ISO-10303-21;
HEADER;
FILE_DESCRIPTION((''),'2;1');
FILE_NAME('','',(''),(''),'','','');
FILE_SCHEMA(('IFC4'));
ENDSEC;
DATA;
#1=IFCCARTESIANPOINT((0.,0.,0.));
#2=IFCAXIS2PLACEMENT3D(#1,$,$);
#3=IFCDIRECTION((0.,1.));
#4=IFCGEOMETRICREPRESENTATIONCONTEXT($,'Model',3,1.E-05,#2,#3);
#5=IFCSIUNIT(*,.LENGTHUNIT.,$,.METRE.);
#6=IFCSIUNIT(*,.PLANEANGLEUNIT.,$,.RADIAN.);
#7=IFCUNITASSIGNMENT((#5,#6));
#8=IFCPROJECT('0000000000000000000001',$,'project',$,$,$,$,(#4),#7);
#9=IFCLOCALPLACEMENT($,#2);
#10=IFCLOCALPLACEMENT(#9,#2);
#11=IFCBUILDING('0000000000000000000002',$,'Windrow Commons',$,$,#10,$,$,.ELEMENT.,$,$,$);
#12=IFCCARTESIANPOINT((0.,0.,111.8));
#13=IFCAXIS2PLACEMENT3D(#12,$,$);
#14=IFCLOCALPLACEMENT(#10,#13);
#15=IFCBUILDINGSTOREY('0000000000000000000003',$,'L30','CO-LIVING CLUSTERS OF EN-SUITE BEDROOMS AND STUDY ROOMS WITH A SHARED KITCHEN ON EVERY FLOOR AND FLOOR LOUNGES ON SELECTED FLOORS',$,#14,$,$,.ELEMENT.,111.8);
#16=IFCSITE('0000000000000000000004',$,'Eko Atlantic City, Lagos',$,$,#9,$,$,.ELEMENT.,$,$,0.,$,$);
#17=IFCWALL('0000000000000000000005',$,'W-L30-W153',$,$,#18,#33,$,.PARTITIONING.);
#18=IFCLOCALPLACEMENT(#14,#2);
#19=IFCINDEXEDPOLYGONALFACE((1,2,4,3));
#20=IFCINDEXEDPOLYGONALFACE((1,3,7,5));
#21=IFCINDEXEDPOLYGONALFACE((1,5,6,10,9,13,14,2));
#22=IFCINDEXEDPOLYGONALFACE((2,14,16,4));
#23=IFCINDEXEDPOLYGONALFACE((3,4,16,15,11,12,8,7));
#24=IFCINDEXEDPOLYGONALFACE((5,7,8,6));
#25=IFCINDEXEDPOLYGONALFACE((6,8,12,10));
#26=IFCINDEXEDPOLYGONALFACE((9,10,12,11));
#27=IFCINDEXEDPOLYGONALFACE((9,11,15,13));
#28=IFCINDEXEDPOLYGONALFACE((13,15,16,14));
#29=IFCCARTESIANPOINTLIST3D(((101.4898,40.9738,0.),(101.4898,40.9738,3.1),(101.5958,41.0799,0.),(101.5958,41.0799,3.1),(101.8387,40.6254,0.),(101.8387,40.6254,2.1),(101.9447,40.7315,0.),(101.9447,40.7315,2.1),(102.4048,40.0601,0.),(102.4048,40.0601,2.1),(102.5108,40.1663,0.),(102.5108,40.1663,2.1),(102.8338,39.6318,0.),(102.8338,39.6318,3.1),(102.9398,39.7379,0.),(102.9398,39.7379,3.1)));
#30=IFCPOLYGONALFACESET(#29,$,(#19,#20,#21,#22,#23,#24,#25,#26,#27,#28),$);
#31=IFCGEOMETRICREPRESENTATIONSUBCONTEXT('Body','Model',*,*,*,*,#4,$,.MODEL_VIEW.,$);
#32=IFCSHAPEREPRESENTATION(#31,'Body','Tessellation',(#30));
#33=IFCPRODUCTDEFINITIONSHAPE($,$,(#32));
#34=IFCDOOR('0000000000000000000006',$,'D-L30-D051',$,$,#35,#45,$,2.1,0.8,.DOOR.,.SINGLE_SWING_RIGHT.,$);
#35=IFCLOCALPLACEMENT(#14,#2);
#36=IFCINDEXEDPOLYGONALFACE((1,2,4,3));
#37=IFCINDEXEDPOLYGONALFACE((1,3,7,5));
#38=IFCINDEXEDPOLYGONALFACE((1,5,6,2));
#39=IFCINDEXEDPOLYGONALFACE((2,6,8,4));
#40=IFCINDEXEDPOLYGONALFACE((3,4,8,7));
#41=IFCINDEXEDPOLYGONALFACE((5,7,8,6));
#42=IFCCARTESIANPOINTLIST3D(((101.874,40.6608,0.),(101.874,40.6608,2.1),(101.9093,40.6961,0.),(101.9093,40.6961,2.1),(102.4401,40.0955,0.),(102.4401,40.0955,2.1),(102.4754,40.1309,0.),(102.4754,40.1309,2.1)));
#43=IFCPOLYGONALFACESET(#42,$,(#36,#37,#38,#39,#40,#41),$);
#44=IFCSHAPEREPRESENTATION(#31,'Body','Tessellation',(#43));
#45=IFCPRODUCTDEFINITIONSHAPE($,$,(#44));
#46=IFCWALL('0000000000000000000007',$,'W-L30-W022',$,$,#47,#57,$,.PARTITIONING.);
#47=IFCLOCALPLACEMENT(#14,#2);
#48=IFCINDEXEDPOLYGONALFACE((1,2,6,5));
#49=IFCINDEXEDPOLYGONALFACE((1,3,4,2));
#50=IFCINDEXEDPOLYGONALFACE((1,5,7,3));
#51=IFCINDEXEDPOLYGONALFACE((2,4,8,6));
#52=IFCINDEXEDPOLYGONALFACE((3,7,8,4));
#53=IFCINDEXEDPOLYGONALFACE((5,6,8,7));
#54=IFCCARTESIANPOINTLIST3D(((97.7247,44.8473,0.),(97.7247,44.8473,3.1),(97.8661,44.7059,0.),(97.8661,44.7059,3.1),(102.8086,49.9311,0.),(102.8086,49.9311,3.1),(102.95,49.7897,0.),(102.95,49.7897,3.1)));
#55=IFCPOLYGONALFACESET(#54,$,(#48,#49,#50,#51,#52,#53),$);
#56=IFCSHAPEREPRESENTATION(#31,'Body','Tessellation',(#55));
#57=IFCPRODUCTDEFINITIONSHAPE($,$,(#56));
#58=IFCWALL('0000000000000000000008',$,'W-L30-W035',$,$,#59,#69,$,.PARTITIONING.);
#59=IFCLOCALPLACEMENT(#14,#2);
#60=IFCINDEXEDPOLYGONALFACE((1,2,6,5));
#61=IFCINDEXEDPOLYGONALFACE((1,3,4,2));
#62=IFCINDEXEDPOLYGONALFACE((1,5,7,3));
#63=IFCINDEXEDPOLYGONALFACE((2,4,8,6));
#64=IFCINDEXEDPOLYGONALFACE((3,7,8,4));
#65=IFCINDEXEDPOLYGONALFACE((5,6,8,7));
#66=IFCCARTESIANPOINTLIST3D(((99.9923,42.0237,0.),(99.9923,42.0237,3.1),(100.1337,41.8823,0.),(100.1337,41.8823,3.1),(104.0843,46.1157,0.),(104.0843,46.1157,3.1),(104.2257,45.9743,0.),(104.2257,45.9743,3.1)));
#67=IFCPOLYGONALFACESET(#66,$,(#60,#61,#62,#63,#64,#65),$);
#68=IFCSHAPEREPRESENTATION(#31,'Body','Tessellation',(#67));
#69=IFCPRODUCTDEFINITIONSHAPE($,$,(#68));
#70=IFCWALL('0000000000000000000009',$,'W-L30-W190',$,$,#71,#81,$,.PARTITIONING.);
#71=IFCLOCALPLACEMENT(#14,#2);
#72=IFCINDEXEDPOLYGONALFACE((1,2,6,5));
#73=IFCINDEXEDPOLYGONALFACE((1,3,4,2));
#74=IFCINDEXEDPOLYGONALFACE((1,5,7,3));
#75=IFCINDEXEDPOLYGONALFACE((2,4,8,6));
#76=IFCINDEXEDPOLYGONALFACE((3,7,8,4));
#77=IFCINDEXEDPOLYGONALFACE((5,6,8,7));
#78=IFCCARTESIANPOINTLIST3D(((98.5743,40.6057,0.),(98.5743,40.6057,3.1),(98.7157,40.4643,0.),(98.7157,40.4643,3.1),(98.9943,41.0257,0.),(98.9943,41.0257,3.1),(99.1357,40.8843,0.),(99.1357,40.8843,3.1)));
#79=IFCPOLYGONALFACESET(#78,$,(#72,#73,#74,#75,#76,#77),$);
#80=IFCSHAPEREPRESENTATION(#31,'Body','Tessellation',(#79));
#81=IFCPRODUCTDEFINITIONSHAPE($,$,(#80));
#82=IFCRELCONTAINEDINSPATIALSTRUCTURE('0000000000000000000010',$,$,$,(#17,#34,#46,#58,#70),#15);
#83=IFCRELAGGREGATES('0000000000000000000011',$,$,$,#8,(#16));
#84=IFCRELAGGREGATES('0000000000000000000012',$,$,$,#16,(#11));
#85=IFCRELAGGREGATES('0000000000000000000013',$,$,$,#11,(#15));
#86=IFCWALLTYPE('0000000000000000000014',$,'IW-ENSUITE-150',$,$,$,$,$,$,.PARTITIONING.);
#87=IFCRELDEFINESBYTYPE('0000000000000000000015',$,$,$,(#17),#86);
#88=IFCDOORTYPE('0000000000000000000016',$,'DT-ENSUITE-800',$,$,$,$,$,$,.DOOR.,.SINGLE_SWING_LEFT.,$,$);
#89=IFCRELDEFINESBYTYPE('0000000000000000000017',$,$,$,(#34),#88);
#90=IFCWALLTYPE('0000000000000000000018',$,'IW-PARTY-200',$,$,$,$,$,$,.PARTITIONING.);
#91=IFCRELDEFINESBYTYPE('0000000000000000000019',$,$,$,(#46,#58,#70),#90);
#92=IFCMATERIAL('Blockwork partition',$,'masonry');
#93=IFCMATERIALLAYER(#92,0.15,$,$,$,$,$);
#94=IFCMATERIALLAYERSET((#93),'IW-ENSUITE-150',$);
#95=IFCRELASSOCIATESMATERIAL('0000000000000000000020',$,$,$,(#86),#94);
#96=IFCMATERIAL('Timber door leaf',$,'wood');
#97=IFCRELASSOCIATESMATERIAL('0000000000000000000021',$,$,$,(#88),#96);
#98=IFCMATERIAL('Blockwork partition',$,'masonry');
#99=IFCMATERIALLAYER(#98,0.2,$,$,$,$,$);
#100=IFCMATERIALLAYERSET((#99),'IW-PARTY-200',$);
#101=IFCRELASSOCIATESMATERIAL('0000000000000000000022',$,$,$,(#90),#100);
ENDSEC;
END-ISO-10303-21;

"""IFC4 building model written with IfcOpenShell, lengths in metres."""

from ifc_helpers import new_model, si_unit, direction, frame, frame_2d, origin, place, context, subcontext, project, spatial, rectangle, extrude, material, layer, layer_set, type_object, element, fill, save


model = new_model("IFC4")

# Units and contexts
model_context = context("Model", 3, precision=1e-05, world=origin(), true_north=direction((0.0, 1.0)))
body_context = subcontext(model_context, "Body", "Model", "MODEL_VIEW")
ifc_project = project(units=[si_unit("LENGTHUNIT", "METRE"), si_unit("PLANEANGLEUNIT", "RADIAN")], contexts=[model_context])

# Site, building, storey
site_placement = place(None, origin())
site = spatial("IfcSite", under=ifc_project, at=site_placement, Name="Eko Atlantic City, Lagos", CompositionType="ELEMENT", RefElevation=0.0)
building_placement = place(site_placement, origin())
building = spatial("IfcBuilding", under=site, at=building_placement, Name="Windrow Commons", CompositionType="ELEMENT")
storey_placement = place(building_placement, frame((0.0, 0.0, 111.8)))
storey = spatial("IfcBuildingStorey", under=building, at=storey_placement, Name="L30", Description="CO-LIVING CLUSTERS OF EN-SUITE BEDROOMS AND STUDY ROOMS WITH A SHARED KITCHEN ON EVERY FLOOR AND FLOOR LOUNGES ON SELECTED FLOORS", CompositionType="ELEMENT", Elevation=111.8)

# Shared definitions
ifc_material_1 = material(Name="Blockwork partition", Category="masonry")
ifc_layer_1 = layer(ifc_material_1, 0.15)
ifc_layer_set_1 = layer_set([ifc_layer_1], Name="IW-ENSUITE-150")
wall_type_1 = type_object("IfcWallType", Name="IW-ENSUITE-150", PredefinedType="PARTITIONING", material=ifc_layer_set_1)

# Wall, opening, door
ifc_material_2 = material(Name="Timber door leaf", Category="wood")
door_type_1 = type_object("IfcDoorType", Name="DT-ENSUITE-800", OperationType="SINGLE_SWING_LEFT", PredefinedType="DOOR", material=ifc_material_2)
wall_1_placement = place(storey_placement, frame((101.5428, 41.0268, 0.0), z_axis=(0.0, 0.0, 1.0), x_axis=(0.707633, -0.70658, 0.0)))
wall_1 = element("IfcWall", 1, at=wall_1_placement, inside=storey, type_object=wall_type_1, Name="W-L30-W153", PredefinedType="PARTITIONING", context=body_context, shape_type="SweptSolid", body=[
    extrude(rectangle(XDim=1.8993, YDim=0.15, at=frame_2d((0.9496, 0.0))), origin(), (0.0, 0.0, 1.0), 3.1),
])
opening_1_placement = place(wall_1_placement, frame((0.493, 0.0, 0.0)))
opening_1 = element("IfcOpeningElement", 2, at=opening_1_placement, cuts=wall_1, PredefinedType="OPENING", context=body_context, shape_type="SweptSolid", body=[
    extrude(rectangle(XDim=0.8, YDim=2.1, at=frame_2d((0.4, 1.05))), frame((0.0, 0.085, 0.0), z_axis=(0.0, -1.0, 0.0), x_axis=(1.0, 0.0, 0.0)), (0.0, 0.0, 1.0), 0.17),
])
door_1_placement = place(opening_1_placement, origin())
door_1 = element("IfcDoor", 3, at=door_1_placement, inside=storey, type_object=door_type_1, Name="D-L30-D051", OperationType="SINGLE_SWING_RIGHT", OverallHeight=2.1, OverallWidth=0.8, PredefinedType="DOOR", context=body_context, shape_type="SweptSolid", body=[
    extrude(rectangle(XDim=0.8, YDim=2.1, at=frame_2d((0.4, 1.05))), frame((0.0, 0.025, 0.0), z_axis=(0.0, -1.0, 0.0), x_axis=(1.0, 0.0, 0.0)), (0.0, 0.0, 1.0), 0.05),
])
fill(opening_1, door_1)

# Walls
ifc_material_3 = material(Name="Blockwork partition", Category="masonry")
ifc_layer_2 = layer(ifc_material_3, 0.2)
ifc_layer_set_2 = layer_set([ifc_layer_2], Name="IW-PARTY-200")
wall_type_2 = type_object("IfcWallType", Name="IW-PARTY-200", PredefinedType="PARTITIONING", material=ifc_layer_set_2)
wall_2_placement = place(storey_placement, frame((97.7954, 44.7766, 0.0), z_axis=(0.0, 0.0, 1.0), x_axis=(0.707114, 0.7071, 0.0)))
element("IfcWall", 4, at=wall_2_placement, inside=storey, type_object=wall_type_2, Name="W-L30-W022", PredefinedType="PARTITIONING", context=body_context, shape_type="SweptSolid", body=[
    extrude(rectangle(XDim=7.1896, YDim=0.2, at=frame_2d((3.5948, 0.0))), origin(), (0.0, 0.0, 1.0), 3.1),
])
wall_3_placement = place(storey_placement, frame((100.063, 41.953, 0.0), z_axis=(0.0, 0.0, 1.0), x_axis=(0.707107, 0.707107, 0.0)))
element("IfcWall", 5, at=wall_3_placement, inside=storey, type_object=wall_type_2, Name="W-L30-W035", PredefinedType="PARTITIONING", context=body_context, shape_type="SweptSolid", body=[
    extrude(rectangle(XDim=5.787, YDim=0.2, at=frame_2d((2.8935, 0.0))), origin(), (0.0, 0.0, 1.0), 3.1),
])
wall_4_placement = place(storey_placement, frame((98.645, 40.535, 0.0), z_axis=(0.0, 0.0, 1.0), x_axis=(0.707107, 0.707107, 0.0)))
element("IfcWall", 6, at=wall_4_placement, inside=storey, type_object=wall_type_2, Name="W-L30-W190", PredefinedType="PARTITIONING", context=body_context, shape_type="SweptSolid", body=[
    extrude(rectangle(XDim=0.594, YDim=0.2, at=frame_2d((0.297, 0.0))), origin(), (0.0, 0.0, 1.0), 3.1),
])

save(model, "model.ifc")
